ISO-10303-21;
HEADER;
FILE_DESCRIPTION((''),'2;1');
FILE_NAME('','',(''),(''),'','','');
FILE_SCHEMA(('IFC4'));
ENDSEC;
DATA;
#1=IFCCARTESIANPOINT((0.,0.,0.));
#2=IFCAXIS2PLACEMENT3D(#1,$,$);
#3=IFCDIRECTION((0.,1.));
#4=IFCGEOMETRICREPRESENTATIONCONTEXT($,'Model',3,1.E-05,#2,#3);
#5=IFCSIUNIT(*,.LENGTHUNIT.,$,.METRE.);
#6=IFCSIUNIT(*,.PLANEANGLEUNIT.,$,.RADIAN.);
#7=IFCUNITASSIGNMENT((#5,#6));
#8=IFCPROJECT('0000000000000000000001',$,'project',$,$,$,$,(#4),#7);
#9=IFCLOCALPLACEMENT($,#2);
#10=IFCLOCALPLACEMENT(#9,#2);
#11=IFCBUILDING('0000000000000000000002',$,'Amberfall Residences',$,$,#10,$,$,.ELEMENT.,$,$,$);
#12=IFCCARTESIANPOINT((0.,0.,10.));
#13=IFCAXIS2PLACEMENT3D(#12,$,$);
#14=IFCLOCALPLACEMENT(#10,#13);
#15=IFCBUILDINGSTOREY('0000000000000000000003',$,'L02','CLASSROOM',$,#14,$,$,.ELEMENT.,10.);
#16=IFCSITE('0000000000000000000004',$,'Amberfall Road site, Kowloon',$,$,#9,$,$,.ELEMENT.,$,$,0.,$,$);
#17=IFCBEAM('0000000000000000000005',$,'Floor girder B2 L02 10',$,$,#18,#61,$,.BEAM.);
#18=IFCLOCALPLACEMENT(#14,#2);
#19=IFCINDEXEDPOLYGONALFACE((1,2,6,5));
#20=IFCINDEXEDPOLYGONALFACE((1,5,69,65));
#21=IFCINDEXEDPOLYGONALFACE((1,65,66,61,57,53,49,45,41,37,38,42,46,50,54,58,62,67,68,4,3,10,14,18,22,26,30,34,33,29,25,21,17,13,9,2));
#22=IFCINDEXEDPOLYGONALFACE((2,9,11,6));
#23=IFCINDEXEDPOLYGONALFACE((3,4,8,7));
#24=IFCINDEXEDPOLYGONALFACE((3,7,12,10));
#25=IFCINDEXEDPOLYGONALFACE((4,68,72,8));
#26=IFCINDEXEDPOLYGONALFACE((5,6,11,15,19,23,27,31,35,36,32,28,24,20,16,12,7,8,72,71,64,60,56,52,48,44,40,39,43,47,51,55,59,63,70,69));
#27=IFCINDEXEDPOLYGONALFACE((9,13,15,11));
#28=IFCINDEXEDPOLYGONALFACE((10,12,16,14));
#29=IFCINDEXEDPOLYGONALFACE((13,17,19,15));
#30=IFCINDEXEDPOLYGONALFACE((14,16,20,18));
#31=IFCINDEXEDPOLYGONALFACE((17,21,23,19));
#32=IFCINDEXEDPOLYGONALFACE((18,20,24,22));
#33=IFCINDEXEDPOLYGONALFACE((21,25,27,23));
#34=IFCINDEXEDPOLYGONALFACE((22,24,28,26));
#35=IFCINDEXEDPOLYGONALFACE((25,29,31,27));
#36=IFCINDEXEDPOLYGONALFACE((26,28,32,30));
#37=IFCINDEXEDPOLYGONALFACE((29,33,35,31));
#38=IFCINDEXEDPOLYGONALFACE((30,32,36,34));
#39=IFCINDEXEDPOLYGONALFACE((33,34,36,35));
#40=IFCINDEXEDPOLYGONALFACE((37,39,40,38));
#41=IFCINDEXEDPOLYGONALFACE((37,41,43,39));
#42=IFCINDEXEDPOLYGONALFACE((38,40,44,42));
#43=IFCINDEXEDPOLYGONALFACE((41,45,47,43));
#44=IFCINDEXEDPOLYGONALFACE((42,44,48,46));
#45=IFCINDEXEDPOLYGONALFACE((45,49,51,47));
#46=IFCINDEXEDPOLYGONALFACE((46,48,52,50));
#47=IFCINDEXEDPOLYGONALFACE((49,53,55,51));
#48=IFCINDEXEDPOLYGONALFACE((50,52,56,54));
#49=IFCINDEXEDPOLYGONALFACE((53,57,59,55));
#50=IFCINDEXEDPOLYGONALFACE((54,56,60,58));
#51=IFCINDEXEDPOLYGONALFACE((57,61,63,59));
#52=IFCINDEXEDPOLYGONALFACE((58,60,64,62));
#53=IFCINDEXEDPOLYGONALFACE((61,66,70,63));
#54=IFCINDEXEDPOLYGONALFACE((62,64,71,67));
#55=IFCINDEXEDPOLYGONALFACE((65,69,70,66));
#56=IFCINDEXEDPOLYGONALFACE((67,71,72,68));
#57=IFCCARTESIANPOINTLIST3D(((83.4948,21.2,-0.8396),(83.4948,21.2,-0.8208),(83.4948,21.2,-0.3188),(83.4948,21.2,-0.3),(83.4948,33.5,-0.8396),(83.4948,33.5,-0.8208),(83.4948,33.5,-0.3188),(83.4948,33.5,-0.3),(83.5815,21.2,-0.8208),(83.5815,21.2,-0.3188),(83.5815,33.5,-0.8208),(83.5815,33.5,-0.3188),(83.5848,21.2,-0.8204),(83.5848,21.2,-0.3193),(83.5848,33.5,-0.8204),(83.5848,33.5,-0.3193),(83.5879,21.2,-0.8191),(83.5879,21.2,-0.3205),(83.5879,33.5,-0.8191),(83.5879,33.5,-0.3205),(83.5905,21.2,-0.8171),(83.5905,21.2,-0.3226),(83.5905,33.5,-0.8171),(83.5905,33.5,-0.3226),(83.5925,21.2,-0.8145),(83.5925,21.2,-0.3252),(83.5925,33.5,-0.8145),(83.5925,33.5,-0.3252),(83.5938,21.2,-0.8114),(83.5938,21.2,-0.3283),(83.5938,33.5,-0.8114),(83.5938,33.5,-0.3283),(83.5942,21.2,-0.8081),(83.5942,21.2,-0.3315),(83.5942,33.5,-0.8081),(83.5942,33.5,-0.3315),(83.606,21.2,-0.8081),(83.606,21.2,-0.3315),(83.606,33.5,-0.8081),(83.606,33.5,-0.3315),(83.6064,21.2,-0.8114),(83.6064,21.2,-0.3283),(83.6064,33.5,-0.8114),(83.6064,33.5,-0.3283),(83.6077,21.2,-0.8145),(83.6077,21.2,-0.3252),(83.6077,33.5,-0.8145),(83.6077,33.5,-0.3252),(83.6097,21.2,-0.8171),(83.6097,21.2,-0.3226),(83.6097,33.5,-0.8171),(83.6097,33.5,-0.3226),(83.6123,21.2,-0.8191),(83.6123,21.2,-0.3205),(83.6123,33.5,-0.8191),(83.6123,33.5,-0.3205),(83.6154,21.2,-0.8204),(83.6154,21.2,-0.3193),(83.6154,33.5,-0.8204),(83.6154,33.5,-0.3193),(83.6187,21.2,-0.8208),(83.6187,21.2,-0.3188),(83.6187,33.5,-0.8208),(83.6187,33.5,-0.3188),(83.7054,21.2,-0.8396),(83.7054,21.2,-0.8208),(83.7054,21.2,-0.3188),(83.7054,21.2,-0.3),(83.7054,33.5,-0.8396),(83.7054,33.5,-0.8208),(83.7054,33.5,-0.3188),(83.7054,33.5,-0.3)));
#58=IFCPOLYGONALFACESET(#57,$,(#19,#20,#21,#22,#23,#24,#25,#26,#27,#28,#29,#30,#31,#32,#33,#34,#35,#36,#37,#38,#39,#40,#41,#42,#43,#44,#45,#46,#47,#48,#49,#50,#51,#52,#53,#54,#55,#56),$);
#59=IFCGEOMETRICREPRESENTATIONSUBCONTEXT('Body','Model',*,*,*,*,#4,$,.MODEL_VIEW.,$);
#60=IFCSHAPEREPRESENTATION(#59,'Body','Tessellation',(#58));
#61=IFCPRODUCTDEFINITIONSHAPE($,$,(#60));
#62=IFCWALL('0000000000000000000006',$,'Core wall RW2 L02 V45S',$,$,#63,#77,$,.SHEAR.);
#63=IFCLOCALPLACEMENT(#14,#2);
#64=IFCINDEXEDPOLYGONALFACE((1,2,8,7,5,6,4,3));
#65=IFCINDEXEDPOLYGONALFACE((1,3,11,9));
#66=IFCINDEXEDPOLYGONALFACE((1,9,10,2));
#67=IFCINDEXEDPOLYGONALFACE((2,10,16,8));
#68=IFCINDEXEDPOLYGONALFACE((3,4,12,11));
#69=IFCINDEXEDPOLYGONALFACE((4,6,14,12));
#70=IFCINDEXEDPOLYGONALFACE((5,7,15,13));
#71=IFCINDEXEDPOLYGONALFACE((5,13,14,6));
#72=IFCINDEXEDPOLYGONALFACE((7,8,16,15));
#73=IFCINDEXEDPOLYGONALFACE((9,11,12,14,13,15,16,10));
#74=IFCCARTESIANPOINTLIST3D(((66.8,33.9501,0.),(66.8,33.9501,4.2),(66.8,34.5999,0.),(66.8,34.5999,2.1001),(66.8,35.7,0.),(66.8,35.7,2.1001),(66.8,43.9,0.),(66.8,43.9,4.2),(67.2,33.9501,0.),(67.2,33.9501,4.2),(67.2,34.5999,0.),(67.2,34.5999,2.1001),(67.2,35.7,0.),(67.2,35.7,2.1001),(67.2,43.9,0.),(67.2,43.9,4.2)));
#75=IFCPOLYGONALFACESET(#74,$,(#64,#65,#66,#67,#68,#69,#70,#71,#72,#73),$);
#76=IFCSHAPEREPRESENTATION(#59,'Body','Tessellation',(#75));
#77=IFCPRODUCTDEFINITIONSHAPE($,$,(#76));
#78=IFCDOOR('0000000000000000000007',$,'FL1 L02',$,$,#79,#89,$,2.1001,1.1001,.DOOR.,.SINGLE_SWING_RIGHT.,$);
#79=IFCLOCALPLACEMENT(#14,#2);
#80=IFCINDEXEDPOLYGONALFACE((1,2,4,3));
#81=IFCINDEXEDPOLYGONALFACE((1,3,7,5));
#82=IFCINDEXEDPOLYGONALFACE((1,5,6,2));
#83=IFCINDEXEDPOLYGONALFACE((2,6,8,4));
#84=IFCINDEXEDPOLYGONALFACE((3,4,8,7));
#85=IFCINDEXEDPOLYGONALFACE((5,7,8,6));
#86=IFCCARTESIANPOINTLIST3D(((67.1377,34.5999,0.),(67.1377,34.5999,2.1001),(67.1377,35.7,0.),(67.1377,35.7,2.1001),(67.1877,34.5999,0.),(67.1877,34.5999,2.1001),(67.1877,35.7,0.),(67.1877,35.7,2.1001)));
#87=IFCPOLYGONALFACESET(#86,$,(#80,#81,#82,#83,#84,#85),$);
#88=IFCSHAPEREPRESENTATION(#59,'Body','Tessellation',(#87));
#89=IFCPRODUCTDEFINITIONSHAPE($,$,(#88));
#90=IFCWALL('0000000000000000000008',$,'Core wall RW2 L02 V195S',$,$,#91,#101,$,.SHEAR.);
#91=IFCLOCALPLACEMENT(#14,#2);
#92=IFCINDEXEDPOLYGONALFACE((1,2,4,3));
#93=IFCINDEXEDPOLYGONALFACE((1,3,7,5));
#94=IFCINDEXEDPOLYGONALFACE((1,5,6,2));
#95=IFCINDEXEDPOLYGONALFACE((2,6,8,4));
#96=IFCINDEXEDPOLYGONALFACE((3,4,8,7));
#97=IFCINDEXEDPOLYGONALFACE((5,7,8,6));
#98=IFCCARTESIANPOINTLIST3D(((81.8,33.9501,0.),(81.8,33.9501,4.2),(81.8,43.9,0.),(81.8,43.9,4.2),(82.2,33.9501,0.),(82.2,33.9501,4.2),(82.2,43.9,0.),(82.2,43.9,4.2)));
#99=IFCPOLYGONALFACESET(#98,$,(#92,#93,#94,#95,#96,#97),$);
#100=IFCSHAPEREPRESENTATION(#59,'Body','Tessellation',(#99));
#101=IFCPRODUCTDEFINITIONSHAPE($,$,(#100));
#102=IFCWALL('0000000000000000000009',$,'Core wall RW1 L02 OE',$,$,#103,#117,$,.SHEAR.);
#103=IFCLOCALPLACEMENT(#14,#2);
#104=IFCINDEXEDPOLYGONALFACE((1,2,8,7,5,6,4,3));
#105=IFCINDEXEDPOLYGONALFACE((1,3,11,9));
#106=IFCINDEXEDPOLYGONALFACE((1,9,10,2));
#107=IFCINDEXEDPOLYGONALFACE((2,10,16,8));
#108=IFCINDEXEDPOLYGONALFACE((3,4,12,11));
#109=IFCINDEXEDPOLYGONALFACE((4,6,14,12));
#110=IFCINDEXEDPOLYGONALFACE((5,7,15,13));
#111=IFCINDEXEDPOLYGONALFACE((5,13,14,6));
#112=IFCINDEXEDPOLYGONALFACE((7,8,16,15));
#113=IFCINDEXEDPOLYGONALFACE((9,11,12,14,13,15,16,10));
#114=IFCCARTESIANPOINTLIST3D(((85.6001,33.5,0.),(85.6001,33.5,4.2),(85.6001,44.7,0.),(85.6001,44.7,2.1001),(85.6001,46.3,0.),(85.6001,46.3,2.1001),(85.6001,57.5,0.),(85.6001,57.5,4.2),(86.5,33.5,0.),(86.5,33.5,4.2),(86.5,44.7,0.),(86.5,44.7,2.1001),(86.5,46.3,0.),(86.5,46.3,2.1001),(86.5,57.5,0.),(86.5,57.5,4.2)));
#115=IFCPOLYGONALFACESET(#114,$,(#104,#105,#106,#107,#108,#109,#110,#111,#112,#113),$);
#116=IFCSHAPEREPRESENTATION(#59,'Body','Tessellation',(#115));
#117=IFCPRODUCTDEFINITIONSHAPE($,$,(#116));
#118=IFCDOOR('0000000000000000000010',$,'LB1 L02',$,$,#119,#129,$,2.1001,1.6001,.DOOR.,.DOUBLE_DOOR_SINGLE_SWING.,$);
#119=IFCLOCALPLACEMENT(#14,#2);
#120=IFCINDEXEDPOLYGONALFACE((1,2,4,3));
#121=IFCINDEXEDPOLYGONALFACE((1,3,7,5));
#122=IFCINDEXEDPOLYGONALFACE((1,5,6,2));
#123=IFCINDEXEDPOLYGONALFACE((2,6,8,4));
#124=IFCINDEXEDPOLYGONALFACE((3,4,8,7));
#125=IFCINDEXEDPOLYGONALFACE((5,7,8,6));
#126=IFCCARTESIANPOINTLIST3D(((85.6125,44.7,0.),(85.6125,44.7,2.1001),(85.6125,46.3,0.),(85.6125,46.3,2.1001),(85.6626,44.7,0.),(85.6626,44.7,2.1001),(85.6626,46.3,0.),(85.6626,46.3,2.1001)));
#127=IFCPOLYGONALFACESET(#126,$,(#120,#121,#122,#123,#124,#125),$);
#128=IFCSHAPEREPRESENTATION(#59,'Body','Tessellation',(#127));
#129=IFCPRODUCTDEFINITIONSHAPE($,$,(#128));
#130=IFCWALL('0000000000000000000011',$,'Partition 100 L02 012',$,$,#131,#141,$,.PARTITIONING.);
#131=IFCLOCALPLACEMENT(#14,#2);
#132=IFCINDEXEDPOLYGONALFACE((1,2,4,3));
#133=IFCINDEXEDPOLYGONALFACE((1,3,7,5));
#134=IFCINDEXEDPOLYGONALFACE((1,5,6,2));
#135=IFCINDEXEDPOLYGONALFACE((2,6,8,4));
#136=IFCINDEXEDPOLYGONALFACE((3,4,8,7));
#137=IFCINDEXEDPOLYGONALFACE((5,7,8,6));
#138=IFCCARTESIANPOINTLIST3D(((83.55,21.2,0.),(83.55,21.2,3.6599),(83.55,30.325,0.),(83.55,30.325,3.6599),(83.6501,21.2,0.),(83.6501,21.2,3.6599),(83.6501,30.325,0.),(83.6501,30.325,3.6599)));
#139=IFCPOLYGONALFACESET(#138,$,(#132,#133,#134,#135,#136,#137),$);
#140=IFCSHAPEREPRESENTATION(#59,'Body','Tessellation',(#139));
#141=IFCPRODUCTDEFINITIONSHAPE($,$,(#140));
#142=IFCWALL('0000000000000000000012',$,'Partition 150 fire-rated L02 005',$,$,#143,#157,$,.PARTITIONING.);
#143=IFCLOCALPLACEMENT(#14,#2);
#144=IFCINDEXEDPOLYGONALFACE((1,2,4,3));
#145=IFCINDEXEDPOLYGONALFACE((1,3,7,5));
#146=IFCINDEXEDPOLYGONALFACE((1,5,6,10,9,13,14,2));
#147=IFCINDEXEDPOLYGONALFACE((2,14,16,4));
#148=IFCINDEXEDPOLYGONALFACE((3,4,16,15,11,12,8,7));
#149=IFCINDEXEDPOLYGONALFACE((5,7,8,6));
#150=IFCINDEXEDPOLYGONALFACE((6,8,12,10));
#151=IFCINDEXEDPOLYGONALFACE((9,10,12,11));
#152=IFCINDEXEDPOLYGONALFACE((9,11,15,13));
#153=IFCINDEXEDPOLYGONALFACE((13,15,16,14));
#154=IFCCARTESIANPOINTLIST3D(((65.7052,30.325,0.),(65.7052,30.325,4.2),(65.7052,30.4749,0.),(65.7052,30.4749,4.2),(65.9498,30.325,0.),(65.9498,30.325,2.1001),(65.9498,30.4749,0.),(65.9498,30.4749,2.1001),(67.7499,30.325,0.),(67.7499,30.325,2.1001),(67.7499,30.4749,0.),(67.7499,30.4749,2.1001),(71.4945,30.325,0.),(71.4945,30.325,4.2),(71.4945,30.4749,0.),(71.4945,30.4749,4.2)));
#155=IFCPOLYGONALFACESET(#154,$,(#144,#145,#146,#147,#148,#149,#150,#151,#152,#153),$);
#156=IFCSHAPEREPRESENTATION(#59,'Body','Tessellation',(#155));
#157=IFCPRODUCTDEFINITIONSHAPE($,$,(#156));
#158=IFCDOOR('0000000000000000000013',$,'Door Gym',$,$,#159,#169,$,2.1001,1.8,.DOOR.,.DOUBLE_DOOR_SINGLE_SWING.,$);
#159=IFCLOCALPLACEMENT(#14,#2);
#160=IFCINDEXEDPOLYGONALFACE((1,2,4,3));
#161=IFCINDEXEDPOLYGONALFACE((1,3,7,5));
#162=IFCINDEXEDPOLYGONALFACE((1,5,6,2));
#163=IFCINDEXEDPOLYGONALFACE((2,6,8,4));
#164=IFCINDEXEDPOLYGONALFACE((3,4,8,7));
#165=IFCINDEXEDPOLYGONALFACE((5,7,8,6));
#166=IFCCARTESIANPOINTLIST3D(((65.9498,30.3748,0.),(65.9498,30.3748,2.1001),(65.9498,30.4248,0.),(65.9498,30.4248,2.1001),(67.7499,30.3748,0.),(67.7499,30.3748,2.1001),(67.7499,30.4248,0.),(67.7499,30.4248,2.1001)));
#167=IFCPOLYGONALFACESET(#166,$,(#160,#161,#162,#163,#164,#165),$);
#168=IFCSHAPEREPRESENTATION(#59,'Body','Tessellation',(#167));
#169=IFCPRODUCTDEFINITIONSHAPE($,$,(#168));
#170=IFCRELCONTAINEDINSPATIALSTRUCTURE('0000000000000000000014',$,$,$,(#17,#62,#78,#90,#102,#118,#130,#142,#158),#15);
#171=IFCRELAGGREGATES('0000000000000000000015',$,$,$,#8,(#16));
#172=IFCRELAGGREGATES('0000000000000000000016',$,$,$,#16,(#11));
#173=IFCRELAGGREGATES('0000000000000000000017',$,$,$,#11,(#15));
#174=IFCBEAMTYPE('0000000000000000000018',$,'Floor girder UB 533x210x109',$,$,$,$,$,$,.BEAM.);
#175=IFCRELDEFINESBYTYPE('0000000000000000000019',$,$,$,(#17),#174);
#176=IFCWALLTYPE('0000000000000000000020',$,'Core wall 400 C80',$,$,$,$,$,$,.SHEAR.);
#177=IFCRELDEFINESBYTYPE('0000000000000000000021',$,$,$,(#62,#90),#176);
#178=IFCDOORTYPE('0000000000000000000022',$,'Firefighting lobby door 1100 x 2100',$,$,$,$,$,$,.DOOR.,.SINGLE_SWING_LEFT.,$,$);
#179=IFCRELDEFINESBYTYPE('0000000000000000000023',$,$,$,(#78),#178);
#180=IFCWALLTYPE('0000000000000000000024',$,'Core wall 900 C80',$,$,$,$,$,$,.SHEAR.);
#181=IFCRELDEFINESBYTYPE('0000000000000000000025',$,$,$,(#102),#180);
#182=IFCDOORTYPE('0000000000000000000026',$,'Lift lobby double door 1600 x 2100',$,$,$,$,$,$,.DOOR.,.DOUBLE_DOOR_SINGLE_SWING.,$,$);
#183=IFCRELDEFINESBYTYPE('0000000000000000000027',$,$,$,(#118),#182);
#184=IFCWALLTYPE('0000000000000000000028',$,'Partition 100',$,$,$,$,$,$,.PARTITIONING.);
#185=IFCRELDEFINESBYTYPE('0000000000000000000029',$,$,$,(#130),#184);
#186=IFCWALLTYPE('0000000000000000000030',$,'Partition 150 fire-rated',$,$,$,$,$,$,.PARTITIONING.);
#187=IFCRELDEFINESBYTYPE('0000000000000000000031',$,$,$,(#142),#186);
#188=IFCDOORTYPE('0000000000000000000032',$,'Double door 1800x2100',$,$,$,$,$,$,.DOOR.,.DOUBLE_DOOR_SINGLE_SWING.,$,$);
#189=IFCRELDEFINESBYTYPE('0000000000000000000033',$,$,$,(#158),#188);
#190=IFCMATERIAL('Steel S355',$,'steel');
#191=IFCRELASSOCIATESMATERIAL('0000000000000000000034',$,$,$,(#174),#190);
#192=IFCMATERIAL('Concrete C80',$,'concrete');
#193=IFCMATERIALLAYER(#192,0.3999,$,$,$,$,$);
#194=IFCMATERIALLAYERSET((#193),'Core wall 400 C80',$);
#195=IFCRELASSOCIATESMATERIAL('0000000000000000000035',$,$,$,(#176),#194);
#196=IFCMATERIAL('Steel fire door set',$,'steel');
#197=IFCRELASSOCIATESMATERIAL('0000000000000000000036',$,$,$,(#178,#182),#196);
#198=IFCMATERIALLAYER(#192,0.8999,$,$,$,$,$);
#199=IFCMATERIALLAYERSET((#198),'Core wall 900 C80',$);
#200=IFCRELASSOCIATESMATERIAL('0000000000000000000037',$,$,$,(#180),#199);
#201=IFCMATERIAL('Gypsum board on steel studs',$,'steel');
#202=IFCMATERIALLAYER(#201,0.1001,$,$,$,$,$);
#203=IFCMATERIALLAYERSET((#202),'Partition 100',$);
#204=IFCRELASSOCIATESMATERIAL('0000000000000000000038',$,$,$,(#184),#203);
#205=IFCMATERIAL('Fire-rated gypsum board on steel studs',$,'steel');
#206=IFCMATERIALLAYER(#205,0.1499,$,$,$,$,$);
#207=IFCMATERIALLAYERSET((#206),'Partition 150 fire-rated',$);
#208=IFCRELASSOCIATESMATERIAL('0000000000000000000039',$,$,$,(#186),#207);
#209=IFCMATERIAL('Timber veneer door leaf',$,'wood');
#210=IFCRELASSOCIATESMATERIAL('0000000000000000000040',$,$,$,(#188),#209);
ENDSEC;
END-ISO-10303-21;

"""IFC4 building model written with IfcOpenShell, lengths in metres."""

from ifc_helpers import new_model, si_unit, direction, frame, frame_2d, origin, origin_2d, place, context, subcontext, project, spatial, rectangle, i_section, extrude, material, layer, layer_set, material_profile, profile_set, type_object, element, fill, save


model = new_model("IFC4")

# Units and contexts
model_context = context("Model", 3, precision=1e-05, world=origin(), true_north=direction((0.0, 1.0)))
body_context = subcontext(model_context, "Body", "Model", "MODEL_VIEW")
ifc_project = project(units=[si_unit("LENGTHUNIT", "METRE"), si_unit("PLANEANGLEUNIT", "RADIAN")], contexts=[model_context])

# Site, building, storey
site_placement = place(None, origin())
site = spatial("IfcSite", under=ifc_project, at=site_placement, Name="Amberfall Road site, Kowloon", CompositionType="ELEMENT", RefElevation=0.0)
building_placement = place(site_placement, origin())
building = spatial("IfcBuilding", under=site, at=building_placement, Name="Amberfall Residences", CompositionType="ELEMENT")
storey_placement = place(building_placement, frame((0.0, 0.0, 10.0)))
storey = spatial("IfcBuildingStorey", under=building, at=storey_placement, Name="L02", Description="CLASSROOM", CompositionType="ELEMENT", Elevation=10.0)

# Beam
ifc_material_1 = material(Name="Steel S355", Category="steel")
ifc_material_profile = material_profile(ifc_material_1, i_section(OverallWidth=0.2107, OverallDepth=0.5396, WebThickness=0.0117, FlangeThickness=0.0188, FilletRadius=0.0127, at=origin_2d()), Name="UB 533x210x109")
ifc_profile_set = profile_set([ifc_material_profile], Name="Steel S355")
beam_type = type_object("IfcBeamType", Name="Floor girder UB 533x210x109", PredefinedType="BEAM", material=ifc_profile_set)
beam_placement = place(storey_placement, frame((83.6001, 21.2, -0.5698), z_axis=(0.0, 1.0, 0.0), x_axis=(-1.0, 0.0, 0.0)))
element("IfcBeam", 1, at=beam_placement, inside=storey, type_object=beam_type, Name="Floor girder B2 L02 10", PredefinedType="BEAM", context=body_context, shape_type="SweptSolid", body=[
    extrude(i_section(OverallWidth=0.2107, OverallDepth=0.5396, WebThickness=0.0117, FlangeThickness=0.0188, FilletRadius=0.0127, at=origin_2d()), origin(), (0.0, 0.0, 1.0), 12.3),
])

# Wall, opening, door
ifc_material_2 = material(Name="Concrete C80", Category="concrete")
ifc_layer_1 = layer(ifc_material_2, 0.3999)
ifc_layer_set_1 = layer_set([ifc_layer_1], Name="Core wall 400 C80")
wall_type_1 = type_object("IfcWallType", Name="Core wall 400 C80", PredefinedType="SHEAR", material=ifc_layer_set_1)
wall_1_placement = place(storey_placement, frame((67.0, 33.95, 0.0), z_axis=(0.0, 0.0, 1.0), x_axis=(0.0, 1.0, 0.0)))
wall_1 = element("IfcWall", 2, at=wall_1_placement, inside=storey, type_object=wall_type_1, Name="Core wall RW2 L02 V45S", PredefinedType="SHEAR", context=body_context, shape_type="SweptSolid", body=[
    extrude(rectangle(XDim=9.95, YDim=0.3999, at=frame_2d((4.9751, 0.0))), origin(), (0.0, 0.0, 1.0), 4.2),
])
opening_1_placement = place(wall_1_placement, frame((0.6499, 0.0, 0.0)))
opening_1 = element("IfcOpeningElement", 3, at=opening_1_placement, cuts=wall_1, PredefinedType="OPENING", context=body_context, shape_type="SweptSolid", body=[
    extrude(rectangle(XDim=1.1001, YDim=2.1001, at=frame_2d((0.55, 1.05))), frame((0.0, 0.21, 0.0), z_axis=(0.0, -1.0, 0.0), x_axis=(1.0, 0.0, 0.0)), (0.0, 0.0, 1.0), 0.4199),
])
ifc_material_3 = material(Name="Steel fire door set", Category="steel")
door_type_1 = type_object("IfcDoorType", Name="Firefighting lobby door 1100 x 2100", OperationType="SINGLE_SWING_LEFT", PredefinedType="DOOR", material=ifc_material_3)
door_1_placement = place(opening_1_placement, origin())
door_1 = element("IfcDoor", 4, at=door_1_placement, inside=storey, type_object=door_type_1, Name="FL1 L02", OperationType="SINGLE_SWING_RIGHT", OverallHeight=2.1001, OverallWidth=1.1001, PredefinedType="DOOR", context=body_context, shape_type="SweptSolid", body=[
    extrude(rectangle(XDim=1.1001, YDim=2.1001, at=frame_2d((0.55, 1.05))), frame((0.0, -0.1377, 0.0), z_axis=(0.0, -1.0, 0.0), x_axis=(1.0, 0.0, 0.0)), (0.0, 0.0, 1.0), 0.05),
])
fill(opening_1, door_1)

# Wall
wall_2_placement = place(storey_placement, frame((82.0, 33.95, 0.0), z_axis=(0.0, 0.0, 1.0), x_axis=(0.0, 1.0, 0.0)))
element("IfcWall", 5, at=wall_2_placement, inside=storey, type_object=wall_type_1, Name="Core wall RW2 L02 V195S", PredefinedType="SHEAR", context=body_context, shape_type="SweptSolid", body=[
    extrude(rectangle(XDim=9.95, YDim=0.3999, at=frame_2d((4.9751, 0.0))), origin(), (0.0, 0.0, 1.0), 4.2),
])

# Wall, opening, door
ifc_layer_2 = layer(ifc_material_2, 0.8999)
ifc_layer_set_2 = layer_set([ifc_layer_2], Name="Core wall 900 C80")
wall_type_2 = type_object("IfcWallType", Name="Core wall 900 C80", PredefinedType="SHEAR", material=ifc_layer_set_2)
wall_3_placement = place(storey_placement, frame((86.05, 33.5, 0.0), z_axis=(0.0, 0.0, 1.0), x_axis=(0.0, 1.0, 0.0)))
wall_3 = element("IfcWall", 6, at=wall_3_placement, inside=storey, type_object=wall_type_2, Name="Core wall RW1 L02 OE", PredefinedType="SHEAR", context=body_context, shape_type="SweptSolid", body=[
    extrude(rectangle(XDim=24.0, YDim=0.8999, at=frame_2d((12.0, 0.0))), origin(), (0.0, 0.0, 1.0), 4.2),
])
opening_2_placement = place(wall_3_placement, frame((11.2, 0.0, 0.0)))
opening_2 = element("IfcOpeningElement", 7, at=opening_2_placement, cuts=wall_3, PredefinedType="OPENING", context=body_context, shape_type="SweptSolid", body=[
    extrude(rectangle(XDim=1.6001, YDim=2.1001, at=frame_2d((0.8, 1.05))), frame((0.0, 0.46, 0.0), z_axis=(0.0, -1.0, 0.0), x_axis=(1.0, 0.0, 0.0)), (0.0, 0.0, 1.0), 0.9199),
])
door_type_2 = type_object("IfcDoorType", Name="Lift lobby double door 1600 x 2100", OperationType="DOUBLE_DOOR_SINGLE_SWING", PredefinedType="DOOR", material=ifc_material_3)
door_2_placement = place(opening_2_placement, origin())
door_2 = element("IfcDoor", 8, at=door_2_placement, inside=storey, type_object=door_type_2, Name="LB1 L02", OperationType="DOUBLE_DOOR_SINGLE_SWING", OverallHeight=2.1001, OverallWidth=1.6001, PredefinedType="DOOR", context=body_context, shape_type="SweptSolid", body=[
    extrude(rectangle(XDim=1.6001, YDim=2.1001, at=frame_2d((0.8, 1.05))), frame((0.0, 0.4375, 0.0), z_axis=(0.0, -1.0, 0.0), x_axis=(1.0, 0.0, 0.0)), (0.0, 0.0, 1.0), 0.05),
])
fill(opening_2, door_2)

# Wall
ifc_material_4 = material(Name="Gypsum board on steel studs", Category="steel")
ifc_layer_3 = layer(ifc_material_4, 0.1001)
ifc_layer_set_3 = layer_set([ifc_layer_3], Name="Partition 100")
wall_type_3 = type_object("IfcWallType", Name="Partition 100", PredefinedType="PARTITIONING", material=ifc_layer_set_3)
wall_4_placement = place(storey_placement, frame((83.6001, 21.2, 0.0), z_axis=(0.0, 0.0, 1.0), x_axis=(0.0, 1.0, 0.0)))
element("IfcWall", 9, at=wall_4_placement, inside=storey, type_object=wall_type_3, Name="Partition 100 L02 012", PredefinedType="PARTITIONING", context=body_context, shape_type="SweptSolid", body=[
    extrude(rectangle(XDim=9.125, YDim=0.1001, at=frame_2d((4.5625, 0.0))), origin(), (0.0, 0.0, 1.0), 3.6599),
])

# Wall, opening, door
ifc_material_5 = material(Name="Fire-rated gypsum board on steel studs", Category="steel")
ifc_layer_4 = layer(ifc_material_5, 0.1499)
ifc_layer_set_4 = layer_set([ifc_layer_4], Name="Partition 150 fire-rated")
wall_type_4 = type_object("IfcWallType", Name="Partition 150 fire-rated", PredefinedType="PARTITIONING", material=ifc_layer_set_4)
wall_5_placement = place(storey_placement, frame((65.7053, 30.3999, 0.0), z_axis=(0.0, 0.0, 1.0), x_axis=(1.0, 0.0, 0.0)))
wall_5 = element("IfcWall", 10, at=wall_5_placement, inside=storey, type_object=wall_type_4, Name="Partition 150 fire-rated L02 005", PredefinedType="PARTITIONING", context=body_context, shape_type="SweptSolid", body=[
    extrude(rectangle(XDim=5.7893, YDim=0.1499, at=frame_2d((2.8945, 0.0))), origin(), (0.0, 0.0, 1.0), 4.2),
])
opening_3_placement = place(wall_5_placement, frame((0.2446, 0.0, 0.0)))
opening_3 = element("IfcOpeningElement", 11, at=opening_3_placement, cuts=wall_5, PredefinedType="OPENING", context=body_context, shape_type="SweptSolid", body=[
    extrude(rectangle(XDim=1.8, YDim=2.1001, at=frame_2d((0.8999, 1.05))), frame((0.0, 0.085, 0.0), z_axis=(0.0, -1.0, 0.0), x_axis=(1.0, 0.0, 0.0)), (0.0, 0.0, 1.0), 0.1699),
])
ifc_material_6 = material(Name="Timber veneer door leaf", Category="wood")
door_type_3 = type_object("IfcDoorType", Name="Double door 1800x2100", OperationType="DOUBLE_DOOR_SINGLE_SWING", PredefinedType="DOOR", material=ifc_material_6)
door_3_placement = place(opening_3_placement, origin())
door_3 = element("IfcDoor", 12, at=door_3_placement, inside=storey, type_object=door_type_3, Name="Door Gym", OperationType="DOUBLE_DOOR_SINGLE_SWING", OverallHeight=2.1001, OverallWidth=1.8, PredefinedType="DOOR", context=body_context, shape_type="SweptSolid", body=[
    extrude(rectangle(XDim=1.8, YDim=2.1001, at=frame_2d((0.8999, 1.05))), frame((0.0, 0.0249, 0.0), z_axis=(0.0, -1.0, 0.0), x_axis=(1.0, 0.0, 0.0)), (0.0, 0.0, 1.0), 0.05),
])
fill(opening_3, door_3)

save(model, "model.ifc")
